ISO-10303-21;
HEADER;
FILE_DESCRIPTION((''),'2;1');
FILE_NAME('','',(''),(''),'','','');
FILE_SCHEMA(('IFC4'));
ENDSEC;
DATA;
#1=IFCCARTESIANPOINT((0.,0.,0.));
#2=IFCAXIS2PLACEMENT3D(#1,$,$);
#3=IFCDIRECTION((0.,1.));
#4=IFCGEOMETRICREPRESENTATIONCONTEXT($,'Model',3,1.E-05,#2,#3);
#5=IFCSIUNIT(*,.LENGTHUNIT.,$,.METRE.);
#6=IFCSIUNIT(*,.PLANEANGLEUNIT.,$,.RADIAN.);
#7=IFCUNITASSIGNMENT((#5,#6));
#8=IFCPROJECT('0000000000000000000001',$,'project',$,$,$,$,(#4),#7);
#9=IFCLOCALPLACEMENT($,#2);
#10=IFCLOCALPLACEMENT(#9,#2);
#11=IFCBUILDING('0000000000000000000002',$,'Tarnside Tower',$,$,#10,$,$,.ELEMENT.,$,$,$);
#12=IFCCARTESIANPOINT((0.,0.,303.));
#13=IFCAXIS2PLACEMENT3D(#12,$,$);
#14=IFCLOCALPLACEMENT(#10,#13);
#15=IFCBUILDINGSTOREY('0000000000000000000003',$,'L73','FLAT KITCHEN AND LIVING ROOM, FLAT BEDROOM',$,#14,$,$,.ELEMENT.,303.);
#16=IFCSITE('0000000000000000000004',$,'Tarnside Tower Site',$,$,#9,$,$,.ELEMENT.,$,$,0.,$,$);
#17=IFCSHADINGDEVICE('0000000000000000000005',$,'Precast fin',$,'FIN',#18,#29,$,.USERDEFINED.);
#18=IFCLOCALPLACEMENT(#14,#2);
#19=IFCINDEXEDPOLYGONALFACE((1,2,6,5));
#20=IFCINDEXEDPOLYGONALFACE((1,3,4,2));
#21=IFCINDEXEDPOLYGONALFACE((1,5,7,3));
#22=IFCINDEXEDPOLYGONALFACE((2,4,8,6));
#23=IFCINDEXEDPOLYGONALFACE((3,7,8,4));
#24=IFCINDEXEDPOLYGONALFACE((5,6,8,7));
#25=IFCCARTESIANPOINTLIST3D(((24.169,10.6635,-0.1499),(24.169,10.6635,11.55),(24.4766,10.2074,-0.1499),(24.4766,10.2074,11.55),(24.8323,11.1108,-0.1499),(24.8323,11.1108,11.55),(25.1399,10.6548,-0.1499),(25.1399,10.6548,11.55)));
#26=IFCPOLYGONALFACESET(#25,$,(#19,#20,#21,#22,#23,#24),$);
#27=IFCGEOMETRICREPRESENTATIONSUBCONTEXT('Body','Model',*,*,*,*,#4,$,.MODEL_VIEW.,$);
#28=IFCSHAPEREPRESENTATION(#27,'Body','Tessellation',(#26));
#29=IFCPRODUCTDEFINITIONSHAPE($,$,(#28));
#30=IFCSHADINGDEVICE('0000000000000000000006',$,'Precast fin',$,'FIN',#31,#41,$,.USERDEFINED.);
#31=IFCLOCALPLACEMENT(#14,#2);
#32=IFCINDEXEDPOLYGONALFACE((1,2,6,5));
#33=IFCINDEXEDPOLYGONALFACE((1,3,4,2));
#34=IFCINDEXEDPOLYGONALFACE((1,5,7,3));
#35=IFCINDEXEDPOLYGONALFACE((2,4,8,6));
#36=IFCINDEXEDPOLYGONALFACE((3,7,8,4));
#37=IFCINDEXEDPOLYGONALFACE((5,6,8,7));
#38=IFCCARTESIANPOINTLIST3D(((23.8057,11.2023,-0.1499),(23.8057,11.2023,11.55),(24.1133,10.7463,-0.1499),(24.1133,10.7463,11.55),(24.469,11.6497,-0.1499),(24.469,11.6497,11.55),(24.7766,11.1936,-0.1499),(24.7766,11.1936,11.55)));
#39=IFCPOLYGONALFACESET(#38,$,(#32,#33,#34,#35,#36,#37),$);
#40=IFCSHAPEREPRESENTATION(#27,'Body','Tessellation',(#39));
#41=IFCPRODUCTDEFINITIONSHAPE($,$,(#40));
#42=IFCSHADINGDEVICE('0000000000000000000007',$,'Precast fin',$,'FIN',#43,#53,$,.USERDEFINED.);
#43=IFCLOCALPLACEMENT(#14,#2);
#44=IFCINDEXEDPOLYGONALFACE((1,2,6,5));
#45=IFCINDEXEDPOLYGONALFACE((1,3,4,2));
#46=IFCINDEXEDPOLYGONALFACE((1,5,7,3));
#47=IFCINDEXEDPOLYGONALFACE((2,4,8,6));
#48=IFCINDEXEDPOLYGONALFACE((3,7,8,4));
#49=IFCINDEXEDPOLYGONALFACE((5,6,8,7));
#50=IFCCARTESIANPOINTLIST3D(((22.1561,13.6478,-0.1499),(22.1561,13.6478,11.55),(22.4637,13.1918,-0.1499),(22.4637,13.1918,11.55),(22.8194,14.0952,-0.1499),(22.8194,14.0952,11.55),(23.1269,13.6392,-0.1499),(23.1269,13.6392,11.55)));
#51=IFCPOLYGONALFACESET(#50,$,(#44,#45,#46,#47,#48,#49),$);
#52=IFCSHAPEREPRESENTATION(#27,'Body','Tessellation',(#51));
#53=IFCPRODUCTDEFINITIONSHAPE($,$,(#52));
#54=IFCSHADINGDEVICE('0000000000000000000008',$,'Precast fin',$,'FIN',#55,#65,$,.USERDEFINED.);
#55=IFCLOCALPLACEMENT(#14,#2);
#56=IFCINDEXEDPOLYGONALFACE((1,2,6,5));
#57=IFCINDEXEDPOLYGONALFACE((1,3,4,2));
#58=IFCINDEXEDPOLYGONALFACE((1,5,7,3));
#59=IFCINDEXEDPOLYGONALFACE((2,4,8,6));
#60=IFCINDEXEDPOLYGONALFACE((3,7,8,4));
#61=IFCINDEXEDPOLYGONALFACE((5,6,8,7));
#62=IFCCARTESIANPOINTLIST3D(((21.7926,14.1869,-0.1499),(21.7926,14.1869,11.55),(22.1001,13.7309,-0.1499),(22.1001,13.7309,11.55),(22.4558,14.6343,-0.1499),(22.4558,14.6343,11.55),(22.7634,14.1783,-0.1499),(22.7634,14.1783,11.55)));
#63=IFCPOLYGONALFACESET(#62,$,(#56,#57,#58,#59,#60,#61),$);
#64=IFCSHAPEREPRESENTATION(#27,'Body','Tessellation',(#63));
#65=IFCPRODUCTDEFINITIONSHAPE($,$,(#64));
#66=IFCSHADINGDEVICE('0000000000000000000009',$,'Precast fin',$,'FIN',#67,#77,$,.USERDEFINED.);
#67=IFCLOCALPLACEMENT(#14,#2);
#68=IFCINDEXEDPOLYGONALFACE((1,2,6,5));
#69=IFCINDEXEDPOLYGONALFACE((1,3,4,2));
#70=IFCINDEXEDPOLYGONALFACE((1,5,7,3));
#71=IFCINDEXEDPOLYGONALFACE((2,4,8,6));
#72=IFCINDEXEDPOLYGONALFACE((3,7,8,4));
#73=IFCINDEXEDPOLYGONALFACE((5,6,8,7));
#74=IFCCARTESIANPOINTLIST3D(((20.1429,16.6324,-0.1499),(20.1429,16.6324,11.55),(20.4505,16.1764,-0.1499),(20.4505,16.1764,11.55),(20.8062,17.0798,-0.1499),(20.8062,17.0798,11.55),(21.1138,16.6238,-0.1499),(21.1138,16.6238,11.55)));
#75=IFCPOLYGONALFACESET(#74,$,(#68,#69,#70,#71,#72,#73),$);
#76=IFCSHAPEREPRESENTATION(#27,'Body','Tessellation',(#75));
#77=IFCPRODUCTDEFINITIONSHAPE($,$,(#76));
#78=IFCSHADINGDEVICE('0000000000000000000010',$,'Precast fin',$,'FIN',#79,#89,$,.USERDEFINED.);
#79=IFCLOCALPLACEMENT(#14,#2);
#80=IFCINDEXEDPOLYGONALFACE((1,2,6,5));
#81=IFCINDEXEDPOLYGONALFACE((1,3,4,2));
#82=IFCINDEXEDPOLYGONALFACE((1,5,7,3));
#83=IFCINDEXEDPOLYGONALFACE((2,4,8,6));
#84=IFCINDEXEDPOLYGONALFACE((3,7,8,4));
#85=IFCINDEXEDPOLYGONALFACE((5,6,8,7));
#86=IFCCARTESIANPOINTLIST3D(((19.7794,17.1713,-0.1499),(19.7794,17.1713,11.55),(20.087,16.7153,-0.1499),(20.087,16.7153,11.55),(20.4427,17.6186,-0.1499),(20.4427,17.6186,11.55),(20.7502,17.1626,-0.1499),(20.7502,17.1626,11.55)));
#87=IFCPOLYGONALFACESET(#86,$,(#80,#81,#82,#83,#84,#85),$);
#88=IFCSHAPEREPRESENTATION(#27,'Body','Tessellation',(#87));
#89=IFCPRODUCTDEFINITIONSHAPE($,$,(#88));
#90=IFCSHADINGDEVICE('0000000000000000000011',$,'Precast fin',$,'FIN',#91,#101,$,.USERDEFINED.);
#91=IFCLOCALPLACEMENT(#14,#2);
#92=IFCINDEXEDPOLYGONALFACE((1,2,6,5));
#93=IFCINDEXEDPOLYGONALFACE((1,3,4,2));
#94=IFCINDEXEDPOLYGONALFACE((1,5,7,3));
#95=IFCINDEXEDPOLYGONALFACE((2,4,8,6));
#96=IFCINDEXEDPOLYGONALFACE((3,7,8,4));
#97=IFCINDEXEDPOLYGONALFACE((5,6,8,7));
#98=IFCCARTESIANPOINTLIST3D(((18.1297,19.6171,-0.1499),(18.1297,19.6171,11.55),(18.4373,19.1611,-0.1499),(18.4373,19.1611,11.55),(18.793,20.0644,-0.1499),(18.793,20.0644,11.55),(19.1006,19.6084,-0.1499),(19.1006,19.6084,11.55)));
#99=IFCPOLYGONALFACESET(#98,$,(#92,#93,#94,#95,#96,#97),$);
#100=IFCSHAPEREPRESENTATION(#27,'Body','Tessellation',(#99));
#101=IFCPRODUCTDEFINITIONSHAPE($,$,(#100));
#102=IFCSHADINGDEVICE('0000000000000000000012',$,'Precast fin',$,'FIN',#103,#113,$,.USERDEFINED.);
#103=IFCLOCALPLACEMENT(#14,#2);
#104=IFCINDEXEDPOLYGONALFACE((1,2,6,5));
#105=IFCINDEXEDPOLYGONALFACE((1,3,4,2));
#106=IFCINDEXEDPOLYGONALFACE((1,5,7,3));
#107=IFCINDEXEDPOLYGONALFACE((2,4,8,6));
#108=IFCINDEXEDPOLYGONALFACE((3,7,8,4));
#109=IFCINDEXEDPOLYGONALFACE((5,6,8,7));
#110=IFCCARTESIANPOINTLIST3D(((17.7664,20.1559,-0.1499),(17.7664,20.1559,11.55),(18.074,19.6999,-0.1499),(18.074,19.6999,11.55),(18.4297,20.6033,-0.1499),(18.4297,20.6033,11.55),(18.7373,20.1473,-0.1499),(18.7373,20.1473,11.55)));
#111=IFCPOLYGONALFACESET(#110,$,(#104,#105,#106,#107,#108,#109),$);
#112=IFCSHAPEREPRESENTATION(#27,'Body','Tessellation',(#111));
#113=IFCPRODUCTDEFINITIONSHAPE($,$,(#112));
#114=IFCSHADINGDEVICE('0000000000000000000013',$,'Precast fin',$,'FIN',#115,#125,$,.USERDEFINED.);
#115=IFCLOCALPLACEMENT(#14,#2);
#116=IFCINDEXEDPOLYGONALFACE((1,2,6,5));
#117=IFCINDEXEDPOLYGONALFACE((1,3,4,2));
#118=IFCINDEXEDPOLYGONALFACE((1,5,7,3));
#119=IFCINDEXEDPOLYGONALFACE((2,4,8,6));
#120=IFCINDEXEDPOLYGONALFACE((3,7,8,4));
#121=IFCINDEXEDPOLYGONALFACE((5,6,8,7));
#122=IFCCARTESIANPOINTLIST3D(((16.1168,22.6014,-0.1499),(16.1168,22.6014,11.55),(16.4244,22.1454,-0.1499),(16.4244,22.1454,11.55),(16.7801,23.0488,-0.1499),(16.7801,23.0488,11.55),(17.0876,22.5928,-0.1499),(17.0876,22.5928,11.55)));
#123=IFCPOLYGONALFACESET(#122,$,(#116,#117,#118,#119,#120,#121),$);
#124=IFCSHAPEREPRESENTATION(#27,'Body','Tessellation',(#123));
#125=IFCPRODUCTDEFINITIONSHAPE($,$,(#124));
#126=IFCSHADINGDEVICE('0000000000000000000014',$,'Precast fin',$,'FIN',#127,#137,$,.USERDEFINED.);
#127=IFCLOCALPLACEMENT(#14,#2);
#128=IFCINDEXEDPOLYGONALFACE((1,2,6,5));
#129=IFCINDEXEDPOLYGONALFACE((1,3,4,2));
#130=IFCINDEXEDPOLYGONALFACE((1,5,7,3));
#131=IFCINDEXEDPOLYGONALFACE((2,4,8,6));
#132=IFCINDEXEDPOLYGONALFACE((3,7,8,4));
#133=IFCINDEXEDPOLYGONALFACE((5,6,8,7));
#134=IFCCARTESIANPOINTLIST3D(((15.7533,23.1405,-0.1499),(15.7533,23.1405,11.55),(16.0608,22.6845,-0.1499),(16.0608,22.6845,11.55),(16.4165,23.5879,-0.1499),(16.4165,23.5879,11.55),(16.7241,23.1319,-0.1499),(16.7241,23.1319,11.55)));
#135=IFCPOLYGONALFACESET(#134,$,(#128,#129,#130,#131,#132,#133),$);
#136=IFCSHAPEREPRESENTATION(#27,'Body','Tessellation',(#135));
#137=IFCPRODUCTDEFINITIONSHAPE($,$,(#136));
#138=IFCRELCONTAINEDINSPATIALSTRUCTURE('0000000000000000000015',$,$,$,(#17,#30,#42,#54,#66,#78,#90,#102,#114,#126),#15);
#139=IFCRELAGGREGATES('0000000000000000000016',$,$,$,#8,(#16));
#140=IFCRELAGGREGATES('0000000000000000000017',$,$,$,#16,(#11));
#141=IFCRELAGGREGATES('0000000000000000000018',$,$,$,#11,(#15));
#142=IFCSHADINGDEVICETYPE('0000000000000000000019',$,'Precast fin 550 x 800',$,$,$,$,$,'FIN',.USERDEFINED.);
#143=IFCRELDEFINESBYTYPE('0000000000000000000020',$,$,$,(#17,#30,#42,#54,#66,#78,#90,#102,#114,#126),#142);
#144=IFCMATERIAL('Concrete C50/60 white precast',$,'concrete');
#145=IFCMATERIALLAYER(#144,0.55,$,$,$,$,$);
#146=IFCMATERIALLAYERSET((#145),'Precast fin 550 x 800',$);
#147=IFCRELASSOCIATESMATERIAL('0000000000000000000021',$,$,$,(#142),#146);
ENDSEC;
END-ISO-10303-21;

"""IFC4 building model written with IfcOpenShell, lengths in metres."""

from ifc_helpers import new_model, si_unit, direction, frame, origin, place, context, subcontext, project, spatial, polyline, outline, extrude, material, layer, layer_set, type_object, element, save


model = new_model("IFC4")

# Units and contexts
model_context = context("Model", 3, precision=1e-05, world=origin(), true_north=direction((0.0, 1.0)))
body_context = subcontext(model_context, "Body", "Model", "MODEL_VIEW")
ifc_project = project(units=[si_unit("LENGTHUNIT", "METRE"), si_unit("PLANEANGLEUNIT", "RADIAN")], contexts=[model_context])

# Site, building, storey
site_placement = place(None, origin())
site = spatial("IfcSite", under=ifc_project, at=site_placement, Name="Tarnside Tower Site", CompositionType="ELEMENT", RefElevation=0.0)
building_placement = place(site_placement, origin())
building = spatial("IfcBuilding", under=site, at=building_placement, Name="Tarnside Tower", CompositionType="ELEMENT")
storey_placement = place(building_placement, frame((0.0, 0.0, 303.0)))
storey = spatial("IfcBuildingStorey", under=building, at=storey_placement, Name="L73", Description="FLAT KITCHEN AND LIVING ROOM, FLAT BEDROOM", CompositionType="ELEMENT", Elevation=303.0)

# Shading devices
ifc_material_1 = material(Name="Concrete C50/60 white precast", Category="concrete")
ifc_layer_1 = layer(ifc_material_1, 0.55)
ifc_layer_set_1 = layer_set([ifc_layer_1], Name="Precast fin 550 x 800")
shading_device_type_1 = type_object("IfcShadingDeviceType", Name="Precast fin 550 x 800", ElementType="FIN", PredefinedType="USERDEFINED", material=ifc_layer_set_1)
for number, where, z_axis, x_axis, name in (
    (1, (24.3228, 10.4355, -0.1499), (0.559193, -0.829038, 0.0), (0.829038, 0.559193, 0.0), "Precast fin"),
    (2, (23.9595, 10.9744, -0.1499), (0.559193, -0.829038, 0.0), (0.829038, 0.559193, 0.0), "Precast fin"),
    (3, (22.3098, 13.4199, -0.1499), (0.559193, -0.829038, 0.0), (0.829038, 0.559193, 0.0), "Precast fin"),
    (4, (21.9463, 13.959, -0.1499), (0.559193, -0.829038, 0.0), (0.829038, 0.559193, 0.0), "Precast fin"),
    (5, (20.2966, 16.4045, -0.1499), (0.559193, -0.829038, 0.0), (0.829038, 0.559193, 0.0), "Precast fin"),
    (6, (19.9331, 16.9434, -0.1499), (0.559193, -0.829038, 0.0), (0.829038, 0.559193, 0.0), "Precast fin"),
    (7, (18.2834, 19.3892, -0.1499), (0.559193, -0.829038, 0.0), (0.829038, 0.559193, 0.0), "Precast fin"),
    (8, (17.9202, 19.928, -0.1499), (0.559193, -0.829038, 0.0), (0.829038, 0.559193, 0.0), "Precast fin"),
    (9, (16.2705, 22.3735, -0.1499), (0.559193, -0.829038, 0.0), (0.829038, 0.559193, 0.0), "Precast fin"),
    (10, (15.907, 22.9126, -0.1499), (0.559193, -0.829038, 0.0), (0.829038, 0.559193, 0.0), "Precast fin"),
):
    element("IfcShadingDevice", number, at=place(storey_placement, frame(where, z_axis=z_axis, x_axis=x_axis)), inside=storey, type_object=shading_device_type_1, Name=name, ObjectType="FIN", PredefinedType="USERDEFINED", context=body_context, shape_type="SweptSolid", body=[
        extrude(outline(polyline([(0.0, 0.0), (0.8, 0.0), (0.8, 11.7), (0.0, 11.7), (0.0, 0.0)])), frame((0.0, 0.0, -0.2749)), (0.0, 0.0, 1.0), 0.55),
    ])

save(model, "model.ifc")
